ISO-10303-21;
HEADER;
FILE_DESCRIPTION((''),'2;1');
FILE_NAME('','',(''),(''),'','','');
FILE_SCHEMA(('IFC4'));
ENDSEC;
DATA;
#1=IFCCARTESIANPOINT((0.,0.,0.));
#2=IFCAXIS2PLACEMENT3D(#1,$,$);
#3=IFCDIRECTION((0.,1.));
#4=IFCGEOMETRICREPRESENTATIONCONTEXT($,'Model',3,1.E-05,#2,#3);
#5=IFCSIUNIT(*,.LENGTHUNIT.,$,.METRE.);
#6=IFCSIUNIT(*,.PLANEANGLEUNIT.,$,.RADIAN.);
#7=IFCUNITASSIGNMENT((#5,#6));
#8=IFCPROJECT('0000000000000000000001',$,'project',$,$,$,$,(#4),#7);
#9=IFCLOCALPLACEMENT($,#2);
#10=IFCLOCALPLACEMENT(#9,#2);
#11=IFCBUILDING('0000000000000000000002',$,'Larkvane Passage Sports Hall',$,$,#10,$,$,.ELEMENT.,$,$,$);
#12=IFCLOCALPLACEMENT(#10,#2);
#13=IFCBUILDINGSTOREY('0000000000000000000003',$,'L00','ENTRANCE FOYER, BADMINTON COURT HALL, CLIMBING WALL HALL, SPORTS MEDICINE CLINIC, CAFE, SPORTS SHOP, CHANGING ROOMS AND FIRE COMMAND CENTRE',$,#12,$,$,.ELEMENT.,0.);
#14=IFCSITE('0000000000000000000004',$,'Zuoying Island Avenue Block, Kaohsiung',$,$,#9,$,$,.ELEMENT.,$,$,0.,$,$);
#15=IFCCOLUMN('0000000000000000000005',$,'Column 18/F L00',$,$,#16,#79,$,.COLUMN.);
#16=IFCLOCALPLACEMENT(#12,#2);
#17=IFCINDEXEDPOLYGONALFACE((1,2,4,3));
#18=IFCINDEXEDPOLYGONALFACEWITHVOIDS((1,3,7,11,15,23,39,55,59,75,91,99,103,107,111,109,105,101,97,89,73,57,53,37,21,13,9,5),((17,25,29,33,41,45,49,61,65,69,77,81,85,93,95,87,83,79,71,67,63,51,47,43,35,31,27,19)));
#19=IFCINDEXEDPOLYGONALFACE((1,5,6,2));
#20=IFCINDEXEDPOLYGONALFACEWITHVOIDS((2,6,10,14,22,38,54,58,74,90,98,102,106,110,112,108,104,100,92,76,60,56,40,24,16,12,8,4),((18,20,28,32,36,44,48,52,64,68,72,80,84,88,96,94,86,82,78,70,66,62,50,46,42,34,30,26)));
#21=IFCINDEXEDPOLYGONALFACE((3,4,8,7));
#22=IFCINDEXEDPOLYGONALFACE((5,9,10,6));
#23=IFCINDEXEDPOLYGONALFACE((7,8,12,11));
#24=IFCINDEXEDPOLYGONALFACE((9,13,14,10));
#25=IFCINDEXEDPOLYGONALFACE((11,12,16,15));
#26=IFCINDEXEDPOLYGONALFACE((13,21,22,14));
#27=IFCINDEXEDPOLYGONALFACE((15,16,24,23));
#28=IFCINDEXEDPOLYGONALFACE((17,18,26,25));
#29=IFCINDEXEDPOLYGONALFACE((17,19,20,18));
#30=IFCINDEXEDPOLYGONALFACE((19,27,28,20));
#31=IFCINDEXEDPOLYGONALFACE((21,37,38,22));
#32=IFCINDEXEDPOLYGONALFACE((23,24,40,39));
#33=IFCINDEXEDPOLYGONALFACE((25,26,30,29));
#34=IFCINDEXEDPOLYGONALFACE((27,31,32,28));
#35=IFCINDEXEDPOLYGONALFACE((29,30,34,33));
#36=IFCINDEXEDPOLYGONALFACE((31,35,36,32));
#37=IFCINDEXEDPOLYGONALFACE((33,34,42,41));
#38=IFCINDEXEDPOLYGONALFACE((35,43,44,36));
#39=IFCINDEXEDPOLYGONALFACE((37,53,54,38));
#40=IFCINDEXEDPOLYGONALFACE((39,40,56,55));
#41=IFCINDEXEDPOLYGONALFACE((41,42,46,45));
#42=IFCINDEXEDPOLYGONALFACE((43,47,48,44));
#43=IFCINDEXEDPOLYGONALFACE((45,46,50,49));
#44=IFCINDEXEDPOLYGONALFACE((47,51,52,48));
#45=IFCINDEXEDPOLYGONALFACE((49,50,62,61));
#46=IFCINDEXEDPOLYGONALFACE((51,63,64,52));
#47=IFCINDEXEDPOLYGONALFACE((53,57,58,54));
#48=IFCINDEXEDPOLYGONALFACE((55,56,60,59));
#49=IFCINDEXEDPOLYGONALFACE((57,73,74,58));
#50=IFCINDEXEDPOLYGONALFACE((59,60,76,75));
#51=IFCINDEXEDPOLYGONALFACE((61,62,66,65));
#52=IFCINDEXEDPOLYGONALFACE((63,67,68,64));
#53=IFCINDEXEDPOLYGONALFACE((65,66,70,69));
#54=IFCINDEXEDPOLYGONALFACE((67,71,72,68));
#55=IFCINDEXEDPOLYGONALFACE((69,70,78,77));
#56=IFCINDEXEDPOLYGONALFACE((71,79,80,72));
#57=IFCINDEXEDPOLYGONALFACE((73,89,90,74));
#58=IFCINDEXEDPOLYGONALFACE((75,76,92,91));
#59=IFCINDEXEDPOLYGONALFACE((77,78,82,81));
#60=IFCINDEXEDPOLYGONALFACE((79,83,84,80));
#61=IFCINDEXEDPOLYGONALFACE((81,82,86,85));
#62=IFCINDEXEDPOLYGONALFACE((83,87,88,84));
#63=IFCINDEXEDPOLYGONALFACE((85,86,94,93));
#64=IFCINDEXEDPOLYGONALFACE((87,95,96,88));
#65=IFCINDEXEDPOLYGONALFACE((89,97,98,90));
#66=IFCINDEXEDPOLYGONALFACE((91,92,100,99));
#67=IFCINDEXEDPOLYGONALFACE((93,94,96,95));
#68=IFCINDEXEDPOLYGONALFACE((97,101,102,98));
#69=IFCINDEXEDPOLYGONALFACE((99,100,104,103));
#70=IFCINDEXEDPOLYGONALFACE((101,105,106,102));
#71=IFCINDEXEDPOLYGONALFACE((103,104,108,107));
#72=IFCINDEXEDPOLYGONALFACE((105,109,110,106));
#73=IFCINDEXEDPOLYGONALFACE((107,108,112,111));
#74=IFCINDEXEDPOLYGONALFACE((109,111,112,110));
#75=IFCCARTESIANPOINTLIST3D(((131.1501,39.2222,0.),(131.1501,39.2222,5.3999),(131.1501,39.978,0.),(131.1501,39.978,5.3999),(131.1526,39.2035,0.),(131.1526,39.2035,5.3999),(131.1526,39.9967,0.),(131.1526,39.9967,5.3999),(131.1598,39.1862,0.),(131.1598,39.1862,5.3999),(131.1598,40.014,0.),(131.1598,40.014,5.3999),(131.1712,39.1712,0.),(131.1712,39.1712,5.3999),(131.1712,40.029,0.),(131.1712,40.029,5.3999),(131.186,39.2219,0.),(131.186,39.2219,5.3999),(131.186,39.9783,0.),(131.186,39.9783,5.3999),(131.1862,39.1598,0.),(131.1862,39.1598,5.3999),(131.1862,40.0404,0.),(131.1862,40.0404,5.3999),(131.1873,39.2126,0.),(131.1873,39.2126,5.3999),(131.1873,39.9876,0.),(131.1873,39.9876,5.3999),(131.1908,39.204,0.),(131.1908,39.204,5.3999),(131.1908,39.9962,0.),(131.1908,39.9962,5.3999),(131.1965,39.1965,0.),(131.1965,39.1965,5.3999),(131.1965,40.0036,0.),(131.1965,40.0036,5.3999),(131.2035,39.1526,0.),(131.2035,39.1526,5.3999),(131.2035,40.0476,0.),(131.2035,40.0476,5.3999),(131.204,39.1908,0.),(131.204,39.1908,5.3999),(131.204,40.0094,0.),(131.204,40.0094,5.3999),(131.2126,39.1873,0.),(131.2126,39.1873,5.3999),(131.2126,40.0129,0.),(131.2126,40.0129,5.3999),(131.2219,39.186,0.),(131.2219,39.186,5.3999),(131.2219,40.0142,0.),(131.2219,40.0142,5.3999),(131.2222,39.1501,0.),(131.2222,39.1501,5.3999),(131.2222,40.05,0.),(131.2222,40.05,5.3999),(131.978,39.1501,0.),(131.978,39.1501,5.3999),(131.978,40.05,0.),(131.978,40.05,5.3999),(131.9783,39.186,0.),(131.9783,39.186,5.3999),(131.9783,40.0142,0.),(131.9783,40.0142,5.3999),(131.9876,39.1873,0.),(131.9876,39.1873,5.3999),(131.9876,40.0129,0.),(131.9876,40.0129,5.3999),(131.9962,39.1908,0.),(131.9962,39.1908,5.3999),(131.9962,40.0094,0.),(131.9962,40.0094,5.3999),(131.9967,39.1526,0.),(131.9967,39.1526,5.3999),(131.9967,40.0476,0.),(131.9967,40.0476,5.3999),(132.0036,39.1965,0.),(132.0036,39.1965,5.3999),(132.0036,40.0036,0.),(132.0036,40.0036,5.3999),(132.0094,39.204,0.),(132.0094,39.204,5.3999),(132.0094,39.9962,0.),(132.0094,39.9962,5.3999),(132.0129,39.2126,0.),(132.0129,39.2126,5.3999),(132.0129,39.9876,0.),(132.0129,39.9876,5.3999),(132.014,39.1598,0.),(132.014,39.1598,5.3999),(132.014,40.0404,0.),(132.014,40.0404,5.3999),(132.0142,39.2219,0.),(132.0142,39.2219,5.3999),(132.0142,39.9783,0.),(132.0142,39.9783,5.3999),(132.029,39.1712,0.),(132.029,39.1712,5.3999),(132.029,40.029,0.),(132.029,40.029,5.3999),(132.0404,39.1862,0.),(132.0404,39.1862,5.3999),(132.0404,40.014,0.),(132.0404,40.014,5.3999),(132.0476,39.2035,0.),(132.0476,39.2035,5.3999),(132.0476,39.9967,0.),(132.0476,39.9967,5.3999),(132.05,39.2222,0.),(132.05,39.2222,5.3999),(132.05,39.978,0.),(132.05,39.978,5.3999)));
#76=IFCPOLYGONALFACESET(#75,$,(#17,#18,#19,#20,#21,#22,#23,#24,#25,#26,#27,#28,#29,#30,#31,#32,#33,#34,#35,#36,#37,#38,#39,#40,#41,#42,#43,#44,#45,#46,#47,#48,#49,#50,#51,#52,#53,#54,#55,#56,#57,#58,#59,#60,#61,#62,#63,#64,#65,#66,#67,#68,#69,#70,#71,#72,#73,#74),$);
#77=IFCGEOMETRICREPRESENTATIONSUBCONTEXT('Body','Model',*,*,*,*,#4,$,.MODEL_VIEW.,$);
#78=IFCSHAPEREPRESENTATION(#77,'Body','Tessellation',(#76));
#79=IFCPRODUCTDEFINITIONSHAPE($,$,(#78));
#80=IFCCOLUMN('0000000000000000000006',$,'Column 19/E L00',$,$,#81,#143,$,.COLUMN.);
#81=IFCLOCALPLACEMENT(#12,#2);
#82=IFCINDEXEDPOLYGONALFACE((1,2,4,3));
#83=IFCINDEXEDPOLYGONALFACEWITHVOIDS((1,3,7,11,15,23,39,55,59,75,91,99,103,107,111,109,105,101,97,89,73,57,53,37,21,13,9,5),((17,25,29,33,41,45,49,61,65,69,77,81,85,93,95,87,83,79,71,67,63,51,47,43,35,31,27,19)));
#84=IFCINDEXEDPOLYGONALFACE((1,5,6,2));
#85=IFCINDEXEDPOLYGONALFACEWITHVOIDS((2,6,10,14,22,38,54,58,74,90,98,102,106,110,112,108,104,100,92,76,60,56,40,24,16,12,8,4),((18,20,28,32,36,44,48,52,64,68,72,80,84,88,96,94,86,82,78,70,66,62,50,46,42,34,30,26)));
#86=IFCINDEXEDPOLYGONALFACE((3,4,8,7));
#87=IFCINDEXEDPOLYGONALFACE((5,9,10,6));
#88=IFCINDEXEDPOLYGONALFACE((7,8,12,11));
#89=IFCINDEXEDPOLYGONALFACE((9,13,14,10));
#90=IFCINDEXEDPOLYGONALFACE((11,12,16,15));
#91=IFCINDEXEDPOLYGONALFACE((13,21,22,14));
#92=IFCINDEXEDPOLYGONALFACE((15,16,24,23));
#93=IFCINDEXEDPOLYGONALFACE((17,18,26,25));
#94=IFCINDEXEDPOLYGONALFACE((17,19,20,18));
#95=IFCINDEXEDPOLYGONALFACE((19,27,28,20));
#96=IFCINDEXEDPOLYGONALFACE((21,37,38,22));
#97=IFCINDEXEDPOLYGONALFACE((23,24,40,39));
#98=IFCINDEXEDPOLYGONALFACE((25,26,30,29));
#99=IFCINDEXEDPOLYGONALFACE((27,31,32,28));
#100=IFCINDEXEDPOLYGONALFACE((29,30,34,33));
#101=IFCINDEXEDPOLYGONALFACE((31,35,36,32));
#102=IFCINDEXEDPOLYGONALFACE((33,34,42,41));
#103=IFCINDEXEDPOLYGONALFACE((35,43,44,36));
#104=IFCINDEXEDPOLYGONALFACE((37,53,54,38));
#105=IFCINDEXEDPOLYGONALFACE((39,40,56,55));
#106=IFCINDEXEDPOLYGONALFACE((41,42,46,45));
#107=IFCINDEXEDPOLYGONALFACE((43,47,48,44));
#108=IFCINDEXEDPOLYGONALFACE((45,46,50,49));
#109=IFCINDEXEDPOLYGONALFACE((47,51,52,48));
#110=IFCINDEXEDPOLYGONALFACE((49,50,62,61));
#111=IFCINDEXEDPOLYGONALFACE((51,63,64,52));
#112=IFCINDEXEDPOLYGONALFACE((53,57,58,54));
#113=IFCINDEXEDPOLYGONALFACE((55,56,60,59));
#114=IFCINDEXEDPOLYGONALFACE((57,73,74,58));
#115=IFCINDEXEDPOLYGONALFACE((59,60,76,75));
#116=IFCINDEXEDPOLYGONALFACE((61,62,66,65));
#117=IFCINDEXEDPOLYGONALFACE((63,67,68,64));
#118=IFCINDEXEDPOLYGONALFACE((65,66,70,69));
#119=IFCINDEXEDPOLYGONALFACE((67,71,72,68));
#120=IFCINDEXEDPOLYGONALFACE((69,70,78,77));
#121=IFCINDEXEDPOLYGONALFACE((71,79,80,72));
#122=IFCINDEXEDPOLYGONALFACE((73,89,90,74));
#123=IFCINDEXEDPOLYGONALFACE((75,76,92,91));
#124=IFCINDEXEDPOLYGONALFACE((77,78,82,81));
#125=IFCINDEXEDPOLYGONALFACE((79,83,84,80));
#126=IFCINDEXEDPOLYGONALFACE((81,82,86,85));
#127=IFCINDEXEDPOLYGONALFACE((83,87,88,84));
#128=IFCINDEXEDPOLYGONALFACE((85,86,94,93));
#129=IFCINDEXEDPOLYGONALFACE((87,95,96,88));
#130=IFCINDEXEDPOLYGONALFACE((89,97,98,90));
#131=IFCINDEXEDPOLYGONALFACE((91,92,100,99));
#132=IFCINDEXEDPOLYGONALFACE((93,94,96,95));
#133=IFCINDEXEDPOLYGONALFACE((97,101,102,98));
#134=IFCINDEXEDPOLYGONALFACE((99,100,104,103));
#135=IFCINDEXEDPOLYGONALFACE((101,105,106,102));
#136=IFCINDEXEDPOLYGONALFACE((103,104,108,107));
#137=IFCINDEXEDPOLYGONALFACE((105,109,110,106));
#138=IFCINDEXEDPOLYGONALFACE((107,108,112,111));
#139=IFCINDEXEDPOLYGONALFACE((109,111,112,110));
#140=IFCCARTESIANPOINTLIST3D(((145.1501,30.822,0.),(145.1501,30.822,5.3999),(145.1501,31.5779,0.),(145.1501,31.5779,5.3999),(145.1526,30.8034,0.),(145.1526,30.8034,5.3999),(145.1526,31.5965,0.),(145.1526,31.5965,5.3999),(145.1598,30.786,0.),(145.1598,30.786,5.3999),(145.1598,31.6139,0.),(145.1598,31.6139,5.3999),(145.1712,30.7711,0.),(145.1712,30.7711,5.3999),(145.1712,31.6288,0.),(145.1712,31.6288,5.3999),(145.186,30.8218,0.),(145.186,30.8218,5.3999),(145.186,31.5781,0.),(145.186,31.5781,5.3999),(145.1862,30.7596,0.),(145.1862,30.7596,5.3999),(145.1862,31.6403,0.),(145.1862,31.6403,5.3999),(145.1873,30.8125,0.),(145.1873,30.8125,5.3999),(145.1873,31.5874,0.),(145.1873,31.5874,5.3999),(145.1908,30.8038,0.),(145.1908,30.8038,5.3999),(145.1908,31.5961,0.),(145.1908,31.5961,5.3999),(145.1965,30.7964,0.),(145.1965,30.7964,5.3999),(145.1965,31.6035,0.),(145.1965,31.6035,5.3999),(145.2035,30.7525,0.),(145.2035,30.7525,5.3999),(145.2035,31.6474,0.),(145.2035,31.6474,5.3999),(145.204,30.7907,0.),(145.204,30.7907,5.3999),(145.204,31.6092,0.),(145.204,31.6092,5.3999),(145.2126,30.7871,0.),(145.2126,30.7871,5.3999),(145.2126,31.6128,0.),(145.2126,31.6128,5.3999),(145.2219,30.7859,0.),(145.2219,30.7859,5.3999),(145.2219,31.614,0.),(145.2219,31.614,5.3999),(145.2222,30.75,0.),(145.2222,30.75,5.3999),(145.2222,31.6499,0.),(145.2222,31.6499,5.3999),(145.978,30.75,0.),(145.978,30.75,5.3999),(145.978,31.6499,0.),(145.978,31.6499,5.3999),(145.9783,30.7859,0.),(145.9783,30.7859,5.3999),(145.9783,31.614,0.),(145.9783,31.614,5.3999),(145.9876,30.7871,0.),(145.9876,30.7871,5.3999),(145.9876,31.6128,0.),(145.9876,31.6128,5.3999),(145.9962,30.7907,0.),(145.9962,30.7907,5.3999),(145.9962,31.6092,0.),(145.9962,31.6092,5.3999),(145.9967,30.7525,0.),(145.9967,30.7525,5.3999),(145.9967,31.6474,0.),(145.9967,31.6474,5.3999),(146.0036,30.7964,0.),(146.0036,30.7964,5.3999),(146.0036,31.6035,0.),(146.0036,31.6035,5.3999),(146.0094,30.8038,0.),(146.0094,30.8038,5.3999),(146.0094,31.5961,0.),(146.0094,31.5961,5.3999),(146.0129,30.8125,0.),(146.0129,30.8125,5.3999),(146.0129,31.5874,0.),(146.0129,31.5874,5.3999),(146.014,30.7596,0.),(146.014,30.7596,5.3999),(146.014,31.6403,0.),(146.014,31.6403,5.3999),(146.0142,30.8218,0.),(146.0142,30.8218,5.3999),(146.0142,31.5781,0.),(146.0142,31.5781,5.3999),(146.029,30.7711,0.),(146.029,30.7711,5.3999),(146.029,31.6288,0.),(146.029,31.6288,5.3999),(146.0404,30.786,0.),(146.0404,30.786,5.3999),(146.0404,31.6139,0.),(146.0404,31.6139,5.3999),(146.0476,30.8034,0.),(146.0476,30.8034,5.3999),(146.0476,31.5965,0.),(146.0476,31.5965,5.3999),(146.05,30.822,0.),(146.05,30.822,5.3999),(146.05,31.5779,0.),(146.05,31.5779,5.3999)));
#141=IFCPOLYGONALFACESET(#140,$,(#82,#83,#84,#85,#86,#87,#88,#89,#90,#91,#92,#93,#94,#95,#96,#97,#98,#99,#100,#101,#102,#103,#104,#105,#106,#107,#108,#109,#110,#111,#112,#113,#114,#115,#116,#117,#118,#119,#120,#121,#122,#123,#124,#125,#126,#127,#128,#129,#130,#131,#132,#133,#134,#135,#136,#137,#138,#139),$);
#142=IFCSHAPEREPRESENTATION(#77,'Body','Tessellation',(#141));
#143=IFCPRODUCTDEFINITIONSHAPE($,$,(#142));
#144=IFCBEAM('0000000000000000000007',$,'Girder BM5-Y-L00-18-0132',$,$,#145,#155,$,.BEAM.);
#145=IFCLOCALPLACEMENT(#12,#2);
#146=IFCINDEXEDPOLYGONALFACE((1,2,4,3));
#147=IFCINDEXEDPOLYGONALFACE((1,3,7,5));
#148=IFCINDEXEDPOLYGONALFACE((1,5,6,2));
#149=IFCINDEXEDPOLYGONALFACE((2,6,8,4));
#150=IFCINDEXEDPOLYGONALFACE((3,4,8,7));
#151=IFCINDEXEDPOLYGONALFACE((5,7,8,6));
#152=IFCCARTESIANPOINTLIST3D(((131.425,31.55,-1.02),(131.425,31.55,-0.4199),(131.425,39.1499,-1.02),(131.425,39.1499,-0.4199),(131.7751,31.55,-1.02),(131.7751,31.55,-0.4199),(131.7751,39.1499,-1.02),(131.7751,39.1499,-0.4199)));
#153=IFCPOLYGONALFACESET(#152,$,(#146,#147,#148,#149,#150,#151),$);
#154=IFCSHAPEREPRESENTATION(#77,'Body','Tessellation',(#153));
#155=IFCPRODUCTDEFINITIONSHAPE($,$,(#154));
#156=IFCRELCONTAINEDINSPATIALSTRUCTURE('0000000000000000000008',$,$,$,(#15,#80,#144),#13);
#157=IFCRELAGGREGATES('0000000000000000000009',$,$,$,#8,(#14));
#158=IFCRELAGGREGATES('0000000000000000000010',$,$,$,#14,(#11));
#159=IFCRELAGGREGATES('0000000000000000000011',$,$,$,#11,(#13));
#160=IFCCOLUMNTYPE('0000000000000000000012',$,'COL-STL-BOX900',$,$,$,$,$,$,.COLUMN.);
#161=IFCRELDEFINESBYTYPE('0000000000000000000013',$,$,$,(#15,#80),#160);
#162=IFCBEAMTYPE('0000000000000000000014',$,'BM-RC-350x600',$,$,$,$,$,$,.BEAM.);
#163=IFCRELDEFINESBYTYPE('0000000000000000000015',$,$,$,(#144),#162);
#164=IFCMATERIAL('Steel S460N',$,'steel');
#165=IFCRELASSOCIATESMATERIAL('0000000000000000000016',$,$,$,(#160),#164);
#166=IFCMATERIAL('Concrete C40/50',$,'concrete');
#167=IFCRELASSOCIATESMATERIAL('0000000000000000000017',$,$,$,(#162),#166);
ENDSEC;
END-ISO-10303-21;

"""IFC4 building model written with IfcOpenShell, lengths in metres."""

from ifc_helpers import new_model, si_unit, direction, frame, origin, origin_2d, place, context, subcontext, project, spatial, rectangle, hollow_rectangle, extrude, material, material_profile, profile_set, type_object, element, save


model = new_model("IFC4")

# Units and contexts
model_context = context("Model", 3, precision=1e-05, world=origin(), true_north=direction((0.0, 1.0)))
body_context = subcontext(model_context, "Body", "Model", "MODEL_VIEW")
ifc_project = project(units=[si_unit("LENGTHUNIT", "METRE"), si_unit("PLANEANGLEUNIT", "RADIAN")], contexts=[model_context])

# Site, building, storey
site_placement = place(None, origin())
site = spatial("IfcSite", under=ifc_project, at=site_placement, Name="Zuoying Island Avenue Block, Kaohsiung", CompositionType="ELEMENT", RefElevation=0.0)
building_placement = place(site_placement, origin())
building = spatial("IfcBuilding", under=site, at=building_placement, Name="Larkvane Passage Sports Hall", CompositionType="ELEMENT")
storey_placement = place(building_placement, origin())
storey = spatial("IfcBuildingStorey", under=building, at=storey_placement, Name="L00", Description="ENTRANCE FOYER, BADMINTON COURT HALL, CLIMBING WALL HALL, SPORTS MEDICINE CLINIC, CAFE, SPORTS SHOP, CHANGING ROOMS AND FIRE COMMAND CENTRE", CompositionType="ELEMENT", Elevation=0.0)

# Columns
ifc_material_1 = material(Name="Steel S460N", Category="steel")
ifc_material_profile_1 = material_profile(ifc_material_1, hollow_rectangle(XDim=0.8999, YDim=0.8999, WallThickness=0.0359, InnerFilletRadius=0.0359, OuterFilletRadius=0.072, at=origin_2d()), Name="BOX-900x900x36")
ifc_profile_set_1 = profile_set([ifc_material_profile_1], Name="Steel S460N")
column_type_1 = type_object("IfcColumnType", Name="COL-STL-BOX900", PredefinedType="COLUMN", material=ifc_profile_set_1)
for number, where, z_axis, x_axis, name in (
    (1, (131.6001, 39.6001, 0.0), (0.0, 0.0, 1.0), (1.0, 0.0, 0.0), "Column 18/F L00"),
    (2, (145.6001, 31.2, 0.0), (0.0, 0.0, 1.0), (1.0, 0.0, 0.0), "Column 19/E L00"),
):
    element("IfcColumn", number, at=place(storey_placement, frame(where, z_axis=z_axis, x_axis=x_axis)), inside=storey, type_object=column_type_1, Name=name, PredefinedType="COLUMN", context=body_context, shape_type="SweptSolid", body=[
        extrude(hollow_rectangle(XDim=0.8999, YDim=0.8999, WallThickness=0.0359, InnerFilletRadius=0.0359, OuterFilletRadius=0.072, at=origin_2d()), origin(), (0.0, 0.0, 1.0), 5.3999),
    ])

# Beam
ifc_material_2 = material(Name="Concrete C40/50", Category="concrete")
ifc_material_profile_2 = material_profile(ifc_material_2, rectangle(XDim=0.3501, YDim=0.6001, at=origin_2d()), Name="RC-BM-350x600")
ifc_profile_set_2 = profile_set([ifc_material_profile_2], Name="Concrete C40/50")
beam_type_1 = type_object("IfcBeamType", Name="BM-RC-350x600", PredefinedType="BEAM", material=ifc_profile_set_2)
beam_1_placement = place(storey_placement, frame((131.6001, 31.55, -0.72), z_axis=(0.0, 1.0, 0.0), x_axis=(-1.0, 0.0, 0.0)))
element("IfcBeam", 3, at=beam_1_placement, inside=storey, type_object=beam_type_1, Name="Girder BM5-Y-L00-18-0132", PredefinedType="BEAM", context=body_context, shape_type="SweptSolid", body=[
    extrude(rectangle(XDim=0.3501, YDim=0.6001, at=origin_2d()), origin(), (0.0, 0.0, 1.0), 7.5999),
])

save(model, "model.ifc")
